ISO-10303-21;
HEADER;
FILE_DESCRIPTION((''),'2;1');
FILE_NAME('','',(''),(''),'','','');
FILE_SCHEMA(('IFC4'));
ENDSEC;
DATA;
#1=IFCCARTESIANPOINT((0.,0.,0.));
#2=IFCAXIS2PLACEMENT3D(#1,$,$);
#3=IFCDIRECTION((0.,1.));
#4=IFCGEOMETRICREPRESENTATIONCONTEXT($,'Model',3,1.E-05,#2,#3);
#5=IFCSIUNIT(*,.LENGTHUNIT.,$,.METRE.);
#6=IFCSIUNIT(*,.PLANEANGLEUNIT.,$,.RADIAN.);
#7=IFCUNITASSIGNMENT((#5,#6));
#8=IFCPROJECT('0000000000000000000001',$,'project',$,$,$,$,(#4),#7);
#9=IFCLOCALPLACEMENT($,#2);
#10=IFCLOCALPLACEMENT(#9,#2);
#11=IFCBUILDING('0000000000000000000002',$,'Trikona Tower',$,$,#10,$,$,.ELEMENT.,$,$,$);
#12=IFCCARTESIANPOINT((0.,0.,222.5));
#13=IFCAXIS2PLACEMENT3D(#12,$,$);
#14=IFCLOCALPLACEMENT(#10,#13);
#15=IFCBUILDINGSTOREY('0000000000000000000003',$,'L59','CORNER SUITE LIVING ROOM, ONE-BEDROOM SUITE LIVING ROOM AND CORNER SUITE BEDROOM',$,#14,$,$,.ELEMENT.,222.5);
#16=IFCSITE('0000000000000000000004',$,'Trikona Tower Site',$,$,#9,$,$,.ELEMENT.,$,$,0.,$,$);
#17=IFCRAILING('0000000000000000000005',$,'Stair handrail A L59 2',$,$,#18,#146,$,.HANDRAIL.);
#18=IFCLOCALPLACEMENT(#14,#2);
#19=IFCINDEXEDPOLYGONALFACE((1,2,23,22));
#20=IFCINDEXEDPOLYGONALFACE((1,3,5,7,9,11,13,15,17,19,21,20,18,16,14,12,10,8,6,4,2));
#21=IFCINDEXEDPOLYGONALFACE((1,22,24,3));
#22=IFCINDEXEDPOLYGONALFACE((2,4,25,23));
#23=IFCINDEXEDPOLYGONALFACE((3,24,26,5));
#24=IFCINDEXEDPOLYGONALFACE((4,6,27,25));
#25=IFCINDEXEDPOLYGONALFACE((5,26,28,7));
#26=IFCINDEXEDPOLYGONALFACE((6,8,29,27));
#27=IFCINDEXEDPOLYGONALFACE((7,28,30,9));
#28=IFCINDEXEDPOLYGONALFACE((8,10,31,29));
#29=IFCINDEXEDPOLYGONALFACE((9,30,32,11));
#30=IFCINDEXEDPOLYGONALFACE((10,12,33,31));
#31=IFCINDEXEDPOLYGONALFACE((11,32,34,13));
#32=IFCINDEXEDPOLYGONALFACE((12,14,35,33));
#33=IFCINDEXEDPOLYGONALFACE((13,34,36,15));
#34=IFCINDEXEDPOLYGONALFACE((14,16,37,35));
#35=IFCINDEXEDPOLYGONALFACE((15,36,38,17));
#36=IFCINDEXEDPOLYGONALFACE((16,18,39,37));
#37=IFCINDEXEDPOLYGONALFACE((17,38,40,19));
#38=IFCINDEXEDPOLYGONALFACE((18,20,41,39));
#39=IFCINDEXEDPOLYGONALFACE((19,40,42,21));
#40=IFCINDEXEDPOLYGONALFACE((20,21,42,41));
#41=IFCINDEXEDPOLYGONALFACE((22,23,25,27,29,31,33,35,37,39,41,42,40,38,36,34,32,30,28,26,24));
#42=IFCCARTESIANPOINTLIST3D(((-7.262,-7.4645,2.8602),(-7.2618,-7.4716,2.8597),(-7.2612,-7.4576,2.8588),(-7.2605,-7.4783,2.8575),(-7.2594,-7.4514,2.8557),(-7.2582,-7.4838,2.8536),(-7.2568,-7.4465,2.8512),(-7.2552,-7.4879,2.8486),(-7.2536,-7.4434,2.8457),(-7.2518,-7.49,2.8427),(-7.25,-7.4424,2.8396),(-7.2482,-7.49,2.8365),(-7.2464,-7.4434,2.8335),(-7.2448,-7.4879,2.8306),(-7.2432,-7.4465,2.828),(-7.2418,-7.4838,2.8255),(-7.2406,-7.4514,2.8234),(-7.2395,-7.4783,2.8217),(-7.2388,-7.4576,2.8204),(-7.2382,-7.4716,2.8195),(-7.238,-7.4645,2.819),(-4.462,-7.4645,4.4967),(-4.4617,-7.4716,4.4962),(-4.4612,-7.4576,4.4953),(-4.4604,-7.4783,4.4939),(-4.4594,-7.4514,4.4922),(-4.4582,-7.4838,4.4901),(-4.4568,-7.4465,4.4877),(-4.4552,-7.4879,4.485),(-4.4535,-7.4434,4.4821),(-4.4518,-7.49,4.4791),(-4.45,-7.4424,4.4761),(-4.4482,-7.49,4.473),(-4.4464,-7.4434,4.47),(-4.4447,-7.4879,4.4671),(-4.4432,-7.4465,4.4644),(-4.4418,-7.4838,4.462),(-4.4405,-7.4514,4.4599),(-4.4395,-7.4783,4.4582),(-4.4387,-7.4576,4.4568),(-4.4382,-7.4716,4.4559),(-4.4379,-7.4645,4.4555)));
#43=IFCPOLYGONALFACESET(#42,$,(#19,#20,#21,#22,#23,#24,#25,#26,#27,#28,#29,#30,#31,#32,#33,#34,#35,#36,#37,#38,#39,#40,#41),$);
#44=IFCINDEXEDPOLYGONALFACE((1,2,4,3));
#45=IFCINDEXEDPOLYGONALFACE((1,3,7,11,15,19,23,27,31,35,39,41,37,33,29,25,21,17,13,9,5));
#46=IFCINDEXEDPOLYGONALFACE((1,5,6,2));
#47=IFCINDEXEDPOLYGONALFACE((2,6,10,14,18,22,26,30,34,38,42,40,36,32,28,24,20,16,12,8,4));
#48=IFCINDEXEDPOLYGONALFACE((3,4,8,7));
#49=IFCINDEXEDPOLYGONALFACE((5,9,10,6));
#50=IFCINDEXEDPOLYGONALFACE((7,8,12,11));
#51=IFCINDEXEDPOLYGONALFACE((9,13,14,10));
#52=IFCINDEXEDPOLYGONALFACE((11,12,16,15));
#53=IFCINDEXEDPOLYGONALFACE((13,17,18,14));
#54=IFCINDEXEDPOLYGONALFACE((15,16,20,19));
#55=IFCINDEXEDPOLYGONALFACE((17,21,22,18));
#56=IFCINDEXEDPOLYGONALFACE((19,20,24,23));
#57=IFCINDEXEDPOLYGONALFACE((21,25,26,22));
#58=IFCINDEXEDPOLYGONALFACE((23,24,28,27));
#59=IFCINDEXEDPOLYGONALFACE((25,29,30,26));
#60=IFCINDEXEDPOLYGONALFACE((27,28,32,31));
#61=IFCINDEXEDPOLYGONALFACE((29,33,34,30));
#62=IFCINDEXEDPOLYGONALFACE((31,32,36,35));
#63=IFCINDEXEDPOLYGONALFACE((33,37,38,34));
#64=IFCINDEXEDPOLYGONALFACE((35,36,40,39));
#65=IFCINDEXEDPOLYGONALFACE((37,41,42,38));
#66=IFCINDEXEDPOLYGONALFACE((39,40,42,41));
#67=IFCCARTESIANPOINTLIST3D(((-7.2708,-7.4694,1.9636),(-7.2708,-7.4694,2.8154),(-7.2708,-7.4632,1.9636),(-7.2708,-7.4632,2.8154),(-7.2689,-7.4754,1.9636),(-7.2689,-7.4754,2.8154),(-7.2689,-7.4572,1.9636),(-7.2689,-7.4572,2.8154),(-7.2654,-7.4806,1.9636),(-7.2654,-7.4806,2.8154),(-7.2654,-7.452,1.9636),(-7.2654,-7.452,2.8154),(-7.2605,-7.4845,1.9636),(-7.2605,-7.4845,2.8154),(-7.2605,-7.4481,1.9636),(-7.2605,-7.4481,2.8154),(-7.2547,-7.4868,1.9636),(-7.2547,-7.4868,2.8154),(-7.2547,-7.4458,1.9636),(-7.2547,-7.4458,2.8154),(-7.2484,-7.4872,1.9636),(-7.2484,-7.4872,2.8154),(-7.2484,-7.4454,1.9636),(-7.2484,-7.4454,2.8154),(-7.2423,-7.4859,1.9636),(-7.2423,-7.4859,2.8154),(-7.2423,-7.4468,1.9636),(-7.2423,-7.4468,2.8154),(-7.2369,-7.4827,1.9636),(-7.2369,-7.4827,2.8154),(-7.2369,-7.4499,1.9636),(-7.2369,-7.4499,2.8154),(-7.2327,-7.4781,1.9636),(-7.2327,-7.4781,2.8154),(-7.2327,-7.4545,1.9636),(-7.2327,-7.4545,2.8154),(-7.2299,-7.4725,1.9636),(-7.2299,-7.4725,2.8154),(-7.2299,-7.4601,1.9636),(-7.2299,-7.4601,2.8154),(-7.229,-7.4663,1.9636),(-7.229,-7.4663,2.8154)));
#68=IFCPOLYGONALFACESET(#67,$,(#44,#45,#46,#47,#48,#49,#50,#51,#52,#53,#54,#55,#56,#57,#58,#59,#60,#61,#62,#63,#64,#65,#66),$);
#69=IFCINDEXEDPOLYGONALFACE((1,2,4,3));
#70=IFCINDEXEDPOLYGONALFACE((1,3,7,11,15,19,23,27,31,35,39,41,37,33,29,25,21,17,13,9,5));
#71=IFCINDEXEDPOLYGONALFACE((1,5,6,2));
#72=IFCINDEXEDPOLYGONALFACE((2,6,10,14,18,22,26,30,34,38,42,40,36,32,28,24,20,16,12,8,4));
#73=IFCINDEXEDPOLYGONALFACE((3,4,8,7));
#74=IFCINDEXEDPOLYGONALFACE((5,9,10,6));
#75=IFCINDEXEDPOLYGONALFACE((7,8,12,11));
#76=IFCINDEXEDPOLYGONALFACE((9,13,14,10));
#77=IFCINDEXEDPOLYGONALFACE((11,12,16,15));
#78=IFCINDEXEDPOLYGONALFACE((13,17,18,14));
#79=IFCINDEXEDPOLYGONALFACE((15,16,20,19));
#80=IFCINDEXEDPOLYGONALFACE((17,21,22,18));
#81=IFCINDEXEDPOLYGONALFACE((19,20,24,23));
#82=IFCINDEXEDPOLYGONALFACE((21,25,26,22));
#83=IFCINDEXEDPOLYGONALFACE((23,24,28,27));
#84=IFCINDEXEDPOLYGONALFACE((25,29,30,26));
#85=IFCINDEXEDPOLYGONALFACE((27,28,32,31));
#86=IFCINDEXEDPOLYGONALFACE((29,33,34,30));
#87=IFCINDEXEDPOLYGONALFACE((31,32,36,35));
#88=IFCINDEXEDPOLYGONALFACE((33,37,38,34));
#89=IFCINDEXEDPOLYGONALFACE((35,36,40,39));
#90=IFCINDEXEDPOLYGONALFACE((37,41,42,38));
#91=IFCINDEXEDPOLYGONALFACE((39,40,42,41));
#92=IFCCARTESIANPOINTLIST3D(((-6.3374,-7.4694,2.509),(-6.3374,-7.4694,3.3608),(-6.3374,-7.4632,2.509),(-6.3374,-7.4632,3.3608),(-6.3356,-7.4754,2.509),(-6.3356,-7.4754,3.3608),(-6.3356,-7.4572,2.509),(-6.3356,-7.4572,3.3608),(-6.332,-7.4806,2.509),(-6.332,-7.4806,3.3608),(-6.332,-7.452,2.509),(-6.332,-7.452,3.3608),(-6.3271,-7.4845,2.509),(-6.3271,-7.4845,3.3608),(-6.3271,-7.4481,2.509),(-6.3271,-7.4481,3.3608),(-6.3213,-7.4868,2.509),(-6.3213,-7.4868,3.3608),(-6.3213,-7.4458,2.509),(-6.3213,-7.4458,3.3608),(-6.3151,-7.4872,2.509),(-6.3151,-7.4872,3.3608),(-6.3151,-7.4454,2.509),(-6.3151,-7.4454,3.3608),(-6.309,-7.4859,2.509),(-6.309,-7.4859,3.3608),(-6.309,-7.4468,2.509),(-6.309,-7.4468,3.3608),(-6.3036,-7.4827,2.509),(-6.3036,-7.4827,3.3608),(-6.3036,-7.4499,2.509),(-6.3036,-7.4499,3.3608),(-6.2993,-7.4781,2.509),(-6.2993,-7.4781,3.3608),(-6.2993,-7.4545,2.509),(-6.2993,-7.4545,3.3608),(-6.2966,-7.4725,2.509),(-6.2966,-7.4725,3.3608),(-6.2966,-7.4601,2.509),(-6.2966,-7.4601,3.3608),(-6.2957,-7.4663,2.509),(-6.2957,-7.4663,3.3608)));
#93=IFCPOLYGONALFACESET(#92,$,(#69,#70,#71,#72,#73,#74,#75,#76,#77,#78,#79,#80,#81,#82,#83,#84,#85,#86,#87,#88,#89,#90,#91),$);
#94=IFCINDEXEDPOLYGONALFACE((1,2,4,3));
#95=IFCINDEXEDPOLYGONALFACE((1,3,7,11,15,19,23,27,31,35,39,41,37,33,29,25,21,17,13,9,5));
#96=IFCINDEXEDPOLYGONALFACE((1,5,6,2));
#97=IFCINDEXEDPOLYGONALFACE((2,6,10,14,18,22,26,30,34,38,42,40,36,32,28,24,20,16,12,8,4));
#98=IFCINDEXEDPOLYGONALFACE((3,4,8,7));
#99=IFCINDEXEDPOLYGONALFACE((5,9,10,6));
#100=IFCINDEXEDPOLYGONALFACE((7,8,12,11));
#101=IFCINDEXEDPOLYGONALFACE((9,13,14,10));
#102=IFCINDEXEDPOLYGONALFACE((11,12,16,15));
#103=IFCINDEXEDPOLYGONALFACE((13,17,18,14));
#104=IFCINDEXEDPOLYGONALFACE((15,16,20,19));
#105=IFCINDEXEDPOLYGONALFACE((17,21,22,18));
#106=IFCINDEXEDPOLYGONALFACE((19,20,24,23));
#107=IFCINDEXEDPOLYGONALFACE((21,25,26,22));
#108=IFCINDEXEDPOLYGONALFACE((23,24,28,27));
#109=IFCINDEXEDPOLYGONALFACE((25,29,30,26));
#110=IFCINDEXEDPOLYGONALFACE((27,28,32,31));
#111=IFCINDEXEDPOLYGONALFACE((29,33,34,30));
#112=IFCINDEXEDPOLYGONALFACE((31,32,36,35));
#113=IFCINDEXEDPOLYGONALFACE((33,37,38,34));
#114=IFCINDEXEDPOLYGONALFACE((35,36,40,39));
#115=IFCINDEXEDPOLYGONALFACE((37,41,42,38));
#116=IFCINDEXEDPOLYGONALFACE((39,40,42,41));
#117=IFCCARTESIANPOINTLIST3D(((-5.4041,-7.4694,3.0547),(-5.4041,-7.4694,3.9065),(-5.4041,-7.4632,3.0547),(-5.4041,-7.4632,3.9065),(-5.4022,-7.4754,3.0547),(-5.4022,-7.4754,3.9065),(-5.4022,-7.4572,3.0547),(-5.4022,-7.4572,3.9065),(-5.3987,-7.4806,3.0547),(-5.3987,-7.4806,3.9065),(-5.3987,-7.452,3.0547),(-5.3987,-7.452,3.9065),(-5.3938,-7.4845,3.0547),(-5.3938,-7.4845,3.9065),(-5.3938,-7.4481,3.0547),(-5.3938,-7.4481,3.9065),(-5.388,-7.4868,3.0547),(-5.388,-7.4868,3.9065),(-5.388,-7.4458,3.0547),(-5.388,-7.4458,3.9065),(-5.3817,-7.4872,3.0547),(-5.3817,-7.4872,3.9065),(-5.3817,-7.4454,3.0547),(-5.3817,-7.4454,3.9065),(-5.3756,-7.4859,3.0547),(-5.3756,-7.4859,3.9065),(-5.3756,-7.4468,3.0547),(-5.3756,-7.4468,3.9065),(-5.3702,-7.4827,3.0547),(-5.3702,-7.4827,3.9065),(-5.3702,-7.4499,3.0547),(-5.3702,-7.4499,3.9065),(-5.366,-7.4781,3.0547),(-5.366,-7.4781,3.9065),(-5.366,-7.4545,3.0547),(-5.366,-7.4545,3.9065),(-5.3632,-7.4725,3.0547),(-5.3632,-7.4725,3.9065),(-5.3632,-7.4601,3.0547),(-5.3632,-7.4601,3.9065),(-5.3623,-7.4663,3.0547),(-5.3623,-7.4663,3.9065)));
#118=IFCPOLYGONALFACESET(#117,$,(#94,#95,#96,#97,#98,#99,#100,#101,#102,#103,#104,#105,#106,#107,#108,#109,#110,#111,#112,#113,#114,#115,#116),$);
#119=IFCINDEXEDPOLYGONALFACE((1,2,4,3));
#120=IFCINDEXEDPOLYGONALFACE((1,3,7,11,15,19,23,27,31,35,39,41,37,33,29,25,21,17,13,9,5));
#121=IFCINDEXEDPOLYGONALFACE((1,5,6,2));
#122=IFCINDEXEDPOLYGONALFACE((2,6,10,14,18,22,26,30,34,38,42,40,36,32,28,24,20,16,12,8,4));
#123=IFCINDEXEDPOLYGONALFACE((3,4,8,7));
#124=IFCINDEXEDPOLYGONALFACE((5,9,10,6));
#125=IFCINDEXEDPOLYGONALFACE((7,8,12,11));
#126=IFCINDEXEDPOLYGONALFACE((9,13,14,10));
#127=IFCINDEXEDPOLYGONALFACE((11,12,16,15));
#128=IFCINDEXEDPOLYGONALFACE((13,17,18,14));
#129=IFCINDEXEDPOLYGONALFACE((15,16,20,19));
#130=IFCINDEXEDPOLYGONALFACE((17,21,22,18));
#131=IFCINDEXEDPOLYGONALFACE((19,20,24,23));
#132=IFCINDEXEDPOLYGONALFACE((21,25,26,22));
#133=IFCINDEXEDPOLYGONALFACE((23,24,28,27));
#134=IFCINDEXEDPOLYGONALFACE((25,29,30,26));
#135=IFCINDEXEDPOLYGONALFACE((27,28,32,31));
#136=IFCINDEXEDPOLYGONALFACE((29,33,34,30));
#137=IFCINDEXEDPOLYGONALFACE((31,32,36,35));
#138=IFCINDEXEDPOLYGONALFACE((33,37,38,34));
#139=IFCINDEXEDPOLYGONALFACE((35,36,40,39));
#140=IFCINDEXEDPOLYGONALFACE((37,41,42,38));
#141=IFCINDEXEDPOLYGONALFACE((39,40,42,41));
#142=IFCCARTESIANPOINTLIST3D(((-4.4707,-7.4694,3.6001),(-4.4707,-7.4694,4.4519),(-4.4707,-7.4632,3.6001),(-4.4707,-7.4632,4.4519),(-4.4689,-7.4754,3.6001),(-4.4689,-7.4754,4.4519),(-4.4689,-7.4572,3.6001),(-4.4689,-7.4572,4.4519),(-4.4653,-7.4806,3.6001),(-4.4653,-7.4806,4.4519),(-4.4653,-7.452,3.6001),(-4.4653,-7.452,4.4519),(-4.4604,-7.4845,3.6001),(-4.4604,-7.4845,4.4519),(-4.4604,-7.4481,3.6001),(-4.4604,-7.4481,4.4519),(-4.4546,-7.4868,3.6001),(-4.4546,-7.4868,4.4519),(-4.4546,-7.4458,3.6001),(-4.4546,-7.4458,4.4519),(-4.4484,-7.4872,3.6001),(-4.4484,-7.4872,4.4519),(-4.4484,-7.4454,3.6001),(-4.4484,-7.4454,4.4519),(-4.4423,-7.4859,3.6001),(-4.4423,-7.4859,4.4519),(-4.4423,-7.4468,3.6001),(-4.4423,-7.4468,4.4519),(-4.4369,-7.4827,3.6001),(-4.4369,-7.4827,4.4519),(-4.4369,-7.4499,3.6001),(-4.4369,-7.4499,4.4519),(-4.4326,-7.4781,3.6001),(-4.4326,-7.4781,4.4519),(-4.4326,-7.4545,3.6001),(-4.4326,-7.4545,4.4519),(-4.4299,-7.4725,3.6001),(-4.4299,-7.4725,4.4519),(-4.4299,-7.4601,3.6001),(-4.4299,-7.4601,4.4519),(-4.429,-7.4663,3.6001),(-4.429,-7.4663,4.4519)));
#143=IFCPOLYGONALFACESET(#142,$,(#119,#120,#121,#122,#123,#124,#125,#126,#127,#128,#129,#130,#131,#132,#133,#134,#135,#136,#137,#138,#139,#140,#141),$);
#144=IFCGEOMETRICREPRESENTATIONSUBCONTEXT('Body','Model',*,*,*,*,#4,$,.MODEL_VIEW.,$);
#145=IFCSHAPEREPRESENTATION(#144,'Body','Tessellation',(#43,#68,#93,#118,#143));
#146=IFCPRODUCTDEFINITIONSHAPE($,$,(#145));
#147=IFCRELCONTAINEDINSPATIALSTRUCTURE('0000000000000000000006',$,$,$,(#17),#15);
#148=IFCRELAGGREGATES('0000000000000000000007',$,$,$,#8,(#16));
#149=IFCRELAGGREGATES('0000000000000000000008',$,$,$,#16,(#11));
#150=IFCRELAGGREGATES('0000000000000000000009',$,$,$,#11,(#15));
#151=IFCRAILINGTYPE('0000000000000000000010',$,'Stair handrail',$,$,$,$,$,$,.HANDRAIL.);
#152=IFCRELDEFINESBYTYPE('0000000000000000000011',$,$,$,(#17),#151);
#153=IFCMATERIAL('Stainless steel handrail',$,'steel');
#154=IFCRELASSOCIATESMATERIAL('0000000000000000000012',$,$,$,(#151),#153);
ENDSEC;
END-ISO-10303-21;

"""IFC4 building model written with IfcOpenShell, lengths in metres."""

from ifc_helpers import new_model, si_unit, direction, frame, origin, origin_2d, place, context, subcontext, project, spatial, circle, extrude, material, type_object, element, save


model = new_model("IFC4")

# Units and contexts
model_context = context("Model", 3, precision=1e-05, world=origin(), true_north=direction((0.0, 1.0)))
body_context = subcontext(model_context, "Body", "Model", "MODEL_VIEW")
ifc_project = project(units=[si_unit("LENGTHUNIT", "METRE"), si_unit("PLANEANGLEUNIT", "RADIAN")], contexts=[model_context])

# Site, building, storey
site_placement = place(None, origin())
site = spatial("IfcSite", under=ifc_project, at=site_placement, Name="Trikona Tower Site", CompositionType="ELEMENT", RefElevation=0.0)
building_placement = place(site_placement, origin())
building = spatial("IfcBuilding", under=site, at=building_placement, Name="Trikona Tower", CompositionType="ELEMENT")
storey_placement = place(building_placement, frame((0.0, 0.0, 222.5)))
storey = spatial("IfcBuildingStorey", under=building, at=storey_placement, Name="L59", Description="CORNER SUITE LIVING ROOM, ONE-BEDROOM SUITE LIVING ROOM AND CORNER SUITE BEDROOM", CompositionType="ELEMENT", Elevation=222.5)

# Railing
ifc_material_1 = material(Name="Stainless steel handrail", Category="steel")
railing_type = type_object("IfcRailingType", Name="Stair handrail", PredefinedType="HANDRAIL", material=ifc_material_1)
railing_1_placement = place(storey_placement, frame((-7.25, -7.4663, 1.9636)))
element("IfcRailing", 1, at=railing_1_placement, inside=storey, type_object=railing_type, Name="Stair handrail A L59 2", PredefinedType="HANDRAIL", context=body_context, shape_type="SweptSolid", body=[
    extrude(circle(Radius=0.0239, at=origin_2d()), frame((0.0, 0.0, 0.876), z_axis=(0.863361, 0.0, 0.504587), x_axis=(0.0, 1.0, 0.0)), (0.0, 0.0, 1.0), 3.2432),
    extrude(circle(Radius=0.021, at=origin_2d()), origin(), (0.0, 0.0, 1.0), 0.8518),
    extrude(circle(Radius=0.021, at=origin_2d()), frame((0.9333, 0.0, 0.5454)), (0.0, 0.0, 1.0), 0.8518),
    extrude(circle(Radius=0.021, at=origin_2d()), frame((1.8667, 0.0, 1.0911)), (0.0, 0.0, 1.0), 0.8518),
    extrude(circle(Radius=0.021, at=origin_2d()), frame((2.8, 0.0, 1.6365)), (0.0, 0.0, 1.0), 0.8518),
])

save(model, "model.ifc")
